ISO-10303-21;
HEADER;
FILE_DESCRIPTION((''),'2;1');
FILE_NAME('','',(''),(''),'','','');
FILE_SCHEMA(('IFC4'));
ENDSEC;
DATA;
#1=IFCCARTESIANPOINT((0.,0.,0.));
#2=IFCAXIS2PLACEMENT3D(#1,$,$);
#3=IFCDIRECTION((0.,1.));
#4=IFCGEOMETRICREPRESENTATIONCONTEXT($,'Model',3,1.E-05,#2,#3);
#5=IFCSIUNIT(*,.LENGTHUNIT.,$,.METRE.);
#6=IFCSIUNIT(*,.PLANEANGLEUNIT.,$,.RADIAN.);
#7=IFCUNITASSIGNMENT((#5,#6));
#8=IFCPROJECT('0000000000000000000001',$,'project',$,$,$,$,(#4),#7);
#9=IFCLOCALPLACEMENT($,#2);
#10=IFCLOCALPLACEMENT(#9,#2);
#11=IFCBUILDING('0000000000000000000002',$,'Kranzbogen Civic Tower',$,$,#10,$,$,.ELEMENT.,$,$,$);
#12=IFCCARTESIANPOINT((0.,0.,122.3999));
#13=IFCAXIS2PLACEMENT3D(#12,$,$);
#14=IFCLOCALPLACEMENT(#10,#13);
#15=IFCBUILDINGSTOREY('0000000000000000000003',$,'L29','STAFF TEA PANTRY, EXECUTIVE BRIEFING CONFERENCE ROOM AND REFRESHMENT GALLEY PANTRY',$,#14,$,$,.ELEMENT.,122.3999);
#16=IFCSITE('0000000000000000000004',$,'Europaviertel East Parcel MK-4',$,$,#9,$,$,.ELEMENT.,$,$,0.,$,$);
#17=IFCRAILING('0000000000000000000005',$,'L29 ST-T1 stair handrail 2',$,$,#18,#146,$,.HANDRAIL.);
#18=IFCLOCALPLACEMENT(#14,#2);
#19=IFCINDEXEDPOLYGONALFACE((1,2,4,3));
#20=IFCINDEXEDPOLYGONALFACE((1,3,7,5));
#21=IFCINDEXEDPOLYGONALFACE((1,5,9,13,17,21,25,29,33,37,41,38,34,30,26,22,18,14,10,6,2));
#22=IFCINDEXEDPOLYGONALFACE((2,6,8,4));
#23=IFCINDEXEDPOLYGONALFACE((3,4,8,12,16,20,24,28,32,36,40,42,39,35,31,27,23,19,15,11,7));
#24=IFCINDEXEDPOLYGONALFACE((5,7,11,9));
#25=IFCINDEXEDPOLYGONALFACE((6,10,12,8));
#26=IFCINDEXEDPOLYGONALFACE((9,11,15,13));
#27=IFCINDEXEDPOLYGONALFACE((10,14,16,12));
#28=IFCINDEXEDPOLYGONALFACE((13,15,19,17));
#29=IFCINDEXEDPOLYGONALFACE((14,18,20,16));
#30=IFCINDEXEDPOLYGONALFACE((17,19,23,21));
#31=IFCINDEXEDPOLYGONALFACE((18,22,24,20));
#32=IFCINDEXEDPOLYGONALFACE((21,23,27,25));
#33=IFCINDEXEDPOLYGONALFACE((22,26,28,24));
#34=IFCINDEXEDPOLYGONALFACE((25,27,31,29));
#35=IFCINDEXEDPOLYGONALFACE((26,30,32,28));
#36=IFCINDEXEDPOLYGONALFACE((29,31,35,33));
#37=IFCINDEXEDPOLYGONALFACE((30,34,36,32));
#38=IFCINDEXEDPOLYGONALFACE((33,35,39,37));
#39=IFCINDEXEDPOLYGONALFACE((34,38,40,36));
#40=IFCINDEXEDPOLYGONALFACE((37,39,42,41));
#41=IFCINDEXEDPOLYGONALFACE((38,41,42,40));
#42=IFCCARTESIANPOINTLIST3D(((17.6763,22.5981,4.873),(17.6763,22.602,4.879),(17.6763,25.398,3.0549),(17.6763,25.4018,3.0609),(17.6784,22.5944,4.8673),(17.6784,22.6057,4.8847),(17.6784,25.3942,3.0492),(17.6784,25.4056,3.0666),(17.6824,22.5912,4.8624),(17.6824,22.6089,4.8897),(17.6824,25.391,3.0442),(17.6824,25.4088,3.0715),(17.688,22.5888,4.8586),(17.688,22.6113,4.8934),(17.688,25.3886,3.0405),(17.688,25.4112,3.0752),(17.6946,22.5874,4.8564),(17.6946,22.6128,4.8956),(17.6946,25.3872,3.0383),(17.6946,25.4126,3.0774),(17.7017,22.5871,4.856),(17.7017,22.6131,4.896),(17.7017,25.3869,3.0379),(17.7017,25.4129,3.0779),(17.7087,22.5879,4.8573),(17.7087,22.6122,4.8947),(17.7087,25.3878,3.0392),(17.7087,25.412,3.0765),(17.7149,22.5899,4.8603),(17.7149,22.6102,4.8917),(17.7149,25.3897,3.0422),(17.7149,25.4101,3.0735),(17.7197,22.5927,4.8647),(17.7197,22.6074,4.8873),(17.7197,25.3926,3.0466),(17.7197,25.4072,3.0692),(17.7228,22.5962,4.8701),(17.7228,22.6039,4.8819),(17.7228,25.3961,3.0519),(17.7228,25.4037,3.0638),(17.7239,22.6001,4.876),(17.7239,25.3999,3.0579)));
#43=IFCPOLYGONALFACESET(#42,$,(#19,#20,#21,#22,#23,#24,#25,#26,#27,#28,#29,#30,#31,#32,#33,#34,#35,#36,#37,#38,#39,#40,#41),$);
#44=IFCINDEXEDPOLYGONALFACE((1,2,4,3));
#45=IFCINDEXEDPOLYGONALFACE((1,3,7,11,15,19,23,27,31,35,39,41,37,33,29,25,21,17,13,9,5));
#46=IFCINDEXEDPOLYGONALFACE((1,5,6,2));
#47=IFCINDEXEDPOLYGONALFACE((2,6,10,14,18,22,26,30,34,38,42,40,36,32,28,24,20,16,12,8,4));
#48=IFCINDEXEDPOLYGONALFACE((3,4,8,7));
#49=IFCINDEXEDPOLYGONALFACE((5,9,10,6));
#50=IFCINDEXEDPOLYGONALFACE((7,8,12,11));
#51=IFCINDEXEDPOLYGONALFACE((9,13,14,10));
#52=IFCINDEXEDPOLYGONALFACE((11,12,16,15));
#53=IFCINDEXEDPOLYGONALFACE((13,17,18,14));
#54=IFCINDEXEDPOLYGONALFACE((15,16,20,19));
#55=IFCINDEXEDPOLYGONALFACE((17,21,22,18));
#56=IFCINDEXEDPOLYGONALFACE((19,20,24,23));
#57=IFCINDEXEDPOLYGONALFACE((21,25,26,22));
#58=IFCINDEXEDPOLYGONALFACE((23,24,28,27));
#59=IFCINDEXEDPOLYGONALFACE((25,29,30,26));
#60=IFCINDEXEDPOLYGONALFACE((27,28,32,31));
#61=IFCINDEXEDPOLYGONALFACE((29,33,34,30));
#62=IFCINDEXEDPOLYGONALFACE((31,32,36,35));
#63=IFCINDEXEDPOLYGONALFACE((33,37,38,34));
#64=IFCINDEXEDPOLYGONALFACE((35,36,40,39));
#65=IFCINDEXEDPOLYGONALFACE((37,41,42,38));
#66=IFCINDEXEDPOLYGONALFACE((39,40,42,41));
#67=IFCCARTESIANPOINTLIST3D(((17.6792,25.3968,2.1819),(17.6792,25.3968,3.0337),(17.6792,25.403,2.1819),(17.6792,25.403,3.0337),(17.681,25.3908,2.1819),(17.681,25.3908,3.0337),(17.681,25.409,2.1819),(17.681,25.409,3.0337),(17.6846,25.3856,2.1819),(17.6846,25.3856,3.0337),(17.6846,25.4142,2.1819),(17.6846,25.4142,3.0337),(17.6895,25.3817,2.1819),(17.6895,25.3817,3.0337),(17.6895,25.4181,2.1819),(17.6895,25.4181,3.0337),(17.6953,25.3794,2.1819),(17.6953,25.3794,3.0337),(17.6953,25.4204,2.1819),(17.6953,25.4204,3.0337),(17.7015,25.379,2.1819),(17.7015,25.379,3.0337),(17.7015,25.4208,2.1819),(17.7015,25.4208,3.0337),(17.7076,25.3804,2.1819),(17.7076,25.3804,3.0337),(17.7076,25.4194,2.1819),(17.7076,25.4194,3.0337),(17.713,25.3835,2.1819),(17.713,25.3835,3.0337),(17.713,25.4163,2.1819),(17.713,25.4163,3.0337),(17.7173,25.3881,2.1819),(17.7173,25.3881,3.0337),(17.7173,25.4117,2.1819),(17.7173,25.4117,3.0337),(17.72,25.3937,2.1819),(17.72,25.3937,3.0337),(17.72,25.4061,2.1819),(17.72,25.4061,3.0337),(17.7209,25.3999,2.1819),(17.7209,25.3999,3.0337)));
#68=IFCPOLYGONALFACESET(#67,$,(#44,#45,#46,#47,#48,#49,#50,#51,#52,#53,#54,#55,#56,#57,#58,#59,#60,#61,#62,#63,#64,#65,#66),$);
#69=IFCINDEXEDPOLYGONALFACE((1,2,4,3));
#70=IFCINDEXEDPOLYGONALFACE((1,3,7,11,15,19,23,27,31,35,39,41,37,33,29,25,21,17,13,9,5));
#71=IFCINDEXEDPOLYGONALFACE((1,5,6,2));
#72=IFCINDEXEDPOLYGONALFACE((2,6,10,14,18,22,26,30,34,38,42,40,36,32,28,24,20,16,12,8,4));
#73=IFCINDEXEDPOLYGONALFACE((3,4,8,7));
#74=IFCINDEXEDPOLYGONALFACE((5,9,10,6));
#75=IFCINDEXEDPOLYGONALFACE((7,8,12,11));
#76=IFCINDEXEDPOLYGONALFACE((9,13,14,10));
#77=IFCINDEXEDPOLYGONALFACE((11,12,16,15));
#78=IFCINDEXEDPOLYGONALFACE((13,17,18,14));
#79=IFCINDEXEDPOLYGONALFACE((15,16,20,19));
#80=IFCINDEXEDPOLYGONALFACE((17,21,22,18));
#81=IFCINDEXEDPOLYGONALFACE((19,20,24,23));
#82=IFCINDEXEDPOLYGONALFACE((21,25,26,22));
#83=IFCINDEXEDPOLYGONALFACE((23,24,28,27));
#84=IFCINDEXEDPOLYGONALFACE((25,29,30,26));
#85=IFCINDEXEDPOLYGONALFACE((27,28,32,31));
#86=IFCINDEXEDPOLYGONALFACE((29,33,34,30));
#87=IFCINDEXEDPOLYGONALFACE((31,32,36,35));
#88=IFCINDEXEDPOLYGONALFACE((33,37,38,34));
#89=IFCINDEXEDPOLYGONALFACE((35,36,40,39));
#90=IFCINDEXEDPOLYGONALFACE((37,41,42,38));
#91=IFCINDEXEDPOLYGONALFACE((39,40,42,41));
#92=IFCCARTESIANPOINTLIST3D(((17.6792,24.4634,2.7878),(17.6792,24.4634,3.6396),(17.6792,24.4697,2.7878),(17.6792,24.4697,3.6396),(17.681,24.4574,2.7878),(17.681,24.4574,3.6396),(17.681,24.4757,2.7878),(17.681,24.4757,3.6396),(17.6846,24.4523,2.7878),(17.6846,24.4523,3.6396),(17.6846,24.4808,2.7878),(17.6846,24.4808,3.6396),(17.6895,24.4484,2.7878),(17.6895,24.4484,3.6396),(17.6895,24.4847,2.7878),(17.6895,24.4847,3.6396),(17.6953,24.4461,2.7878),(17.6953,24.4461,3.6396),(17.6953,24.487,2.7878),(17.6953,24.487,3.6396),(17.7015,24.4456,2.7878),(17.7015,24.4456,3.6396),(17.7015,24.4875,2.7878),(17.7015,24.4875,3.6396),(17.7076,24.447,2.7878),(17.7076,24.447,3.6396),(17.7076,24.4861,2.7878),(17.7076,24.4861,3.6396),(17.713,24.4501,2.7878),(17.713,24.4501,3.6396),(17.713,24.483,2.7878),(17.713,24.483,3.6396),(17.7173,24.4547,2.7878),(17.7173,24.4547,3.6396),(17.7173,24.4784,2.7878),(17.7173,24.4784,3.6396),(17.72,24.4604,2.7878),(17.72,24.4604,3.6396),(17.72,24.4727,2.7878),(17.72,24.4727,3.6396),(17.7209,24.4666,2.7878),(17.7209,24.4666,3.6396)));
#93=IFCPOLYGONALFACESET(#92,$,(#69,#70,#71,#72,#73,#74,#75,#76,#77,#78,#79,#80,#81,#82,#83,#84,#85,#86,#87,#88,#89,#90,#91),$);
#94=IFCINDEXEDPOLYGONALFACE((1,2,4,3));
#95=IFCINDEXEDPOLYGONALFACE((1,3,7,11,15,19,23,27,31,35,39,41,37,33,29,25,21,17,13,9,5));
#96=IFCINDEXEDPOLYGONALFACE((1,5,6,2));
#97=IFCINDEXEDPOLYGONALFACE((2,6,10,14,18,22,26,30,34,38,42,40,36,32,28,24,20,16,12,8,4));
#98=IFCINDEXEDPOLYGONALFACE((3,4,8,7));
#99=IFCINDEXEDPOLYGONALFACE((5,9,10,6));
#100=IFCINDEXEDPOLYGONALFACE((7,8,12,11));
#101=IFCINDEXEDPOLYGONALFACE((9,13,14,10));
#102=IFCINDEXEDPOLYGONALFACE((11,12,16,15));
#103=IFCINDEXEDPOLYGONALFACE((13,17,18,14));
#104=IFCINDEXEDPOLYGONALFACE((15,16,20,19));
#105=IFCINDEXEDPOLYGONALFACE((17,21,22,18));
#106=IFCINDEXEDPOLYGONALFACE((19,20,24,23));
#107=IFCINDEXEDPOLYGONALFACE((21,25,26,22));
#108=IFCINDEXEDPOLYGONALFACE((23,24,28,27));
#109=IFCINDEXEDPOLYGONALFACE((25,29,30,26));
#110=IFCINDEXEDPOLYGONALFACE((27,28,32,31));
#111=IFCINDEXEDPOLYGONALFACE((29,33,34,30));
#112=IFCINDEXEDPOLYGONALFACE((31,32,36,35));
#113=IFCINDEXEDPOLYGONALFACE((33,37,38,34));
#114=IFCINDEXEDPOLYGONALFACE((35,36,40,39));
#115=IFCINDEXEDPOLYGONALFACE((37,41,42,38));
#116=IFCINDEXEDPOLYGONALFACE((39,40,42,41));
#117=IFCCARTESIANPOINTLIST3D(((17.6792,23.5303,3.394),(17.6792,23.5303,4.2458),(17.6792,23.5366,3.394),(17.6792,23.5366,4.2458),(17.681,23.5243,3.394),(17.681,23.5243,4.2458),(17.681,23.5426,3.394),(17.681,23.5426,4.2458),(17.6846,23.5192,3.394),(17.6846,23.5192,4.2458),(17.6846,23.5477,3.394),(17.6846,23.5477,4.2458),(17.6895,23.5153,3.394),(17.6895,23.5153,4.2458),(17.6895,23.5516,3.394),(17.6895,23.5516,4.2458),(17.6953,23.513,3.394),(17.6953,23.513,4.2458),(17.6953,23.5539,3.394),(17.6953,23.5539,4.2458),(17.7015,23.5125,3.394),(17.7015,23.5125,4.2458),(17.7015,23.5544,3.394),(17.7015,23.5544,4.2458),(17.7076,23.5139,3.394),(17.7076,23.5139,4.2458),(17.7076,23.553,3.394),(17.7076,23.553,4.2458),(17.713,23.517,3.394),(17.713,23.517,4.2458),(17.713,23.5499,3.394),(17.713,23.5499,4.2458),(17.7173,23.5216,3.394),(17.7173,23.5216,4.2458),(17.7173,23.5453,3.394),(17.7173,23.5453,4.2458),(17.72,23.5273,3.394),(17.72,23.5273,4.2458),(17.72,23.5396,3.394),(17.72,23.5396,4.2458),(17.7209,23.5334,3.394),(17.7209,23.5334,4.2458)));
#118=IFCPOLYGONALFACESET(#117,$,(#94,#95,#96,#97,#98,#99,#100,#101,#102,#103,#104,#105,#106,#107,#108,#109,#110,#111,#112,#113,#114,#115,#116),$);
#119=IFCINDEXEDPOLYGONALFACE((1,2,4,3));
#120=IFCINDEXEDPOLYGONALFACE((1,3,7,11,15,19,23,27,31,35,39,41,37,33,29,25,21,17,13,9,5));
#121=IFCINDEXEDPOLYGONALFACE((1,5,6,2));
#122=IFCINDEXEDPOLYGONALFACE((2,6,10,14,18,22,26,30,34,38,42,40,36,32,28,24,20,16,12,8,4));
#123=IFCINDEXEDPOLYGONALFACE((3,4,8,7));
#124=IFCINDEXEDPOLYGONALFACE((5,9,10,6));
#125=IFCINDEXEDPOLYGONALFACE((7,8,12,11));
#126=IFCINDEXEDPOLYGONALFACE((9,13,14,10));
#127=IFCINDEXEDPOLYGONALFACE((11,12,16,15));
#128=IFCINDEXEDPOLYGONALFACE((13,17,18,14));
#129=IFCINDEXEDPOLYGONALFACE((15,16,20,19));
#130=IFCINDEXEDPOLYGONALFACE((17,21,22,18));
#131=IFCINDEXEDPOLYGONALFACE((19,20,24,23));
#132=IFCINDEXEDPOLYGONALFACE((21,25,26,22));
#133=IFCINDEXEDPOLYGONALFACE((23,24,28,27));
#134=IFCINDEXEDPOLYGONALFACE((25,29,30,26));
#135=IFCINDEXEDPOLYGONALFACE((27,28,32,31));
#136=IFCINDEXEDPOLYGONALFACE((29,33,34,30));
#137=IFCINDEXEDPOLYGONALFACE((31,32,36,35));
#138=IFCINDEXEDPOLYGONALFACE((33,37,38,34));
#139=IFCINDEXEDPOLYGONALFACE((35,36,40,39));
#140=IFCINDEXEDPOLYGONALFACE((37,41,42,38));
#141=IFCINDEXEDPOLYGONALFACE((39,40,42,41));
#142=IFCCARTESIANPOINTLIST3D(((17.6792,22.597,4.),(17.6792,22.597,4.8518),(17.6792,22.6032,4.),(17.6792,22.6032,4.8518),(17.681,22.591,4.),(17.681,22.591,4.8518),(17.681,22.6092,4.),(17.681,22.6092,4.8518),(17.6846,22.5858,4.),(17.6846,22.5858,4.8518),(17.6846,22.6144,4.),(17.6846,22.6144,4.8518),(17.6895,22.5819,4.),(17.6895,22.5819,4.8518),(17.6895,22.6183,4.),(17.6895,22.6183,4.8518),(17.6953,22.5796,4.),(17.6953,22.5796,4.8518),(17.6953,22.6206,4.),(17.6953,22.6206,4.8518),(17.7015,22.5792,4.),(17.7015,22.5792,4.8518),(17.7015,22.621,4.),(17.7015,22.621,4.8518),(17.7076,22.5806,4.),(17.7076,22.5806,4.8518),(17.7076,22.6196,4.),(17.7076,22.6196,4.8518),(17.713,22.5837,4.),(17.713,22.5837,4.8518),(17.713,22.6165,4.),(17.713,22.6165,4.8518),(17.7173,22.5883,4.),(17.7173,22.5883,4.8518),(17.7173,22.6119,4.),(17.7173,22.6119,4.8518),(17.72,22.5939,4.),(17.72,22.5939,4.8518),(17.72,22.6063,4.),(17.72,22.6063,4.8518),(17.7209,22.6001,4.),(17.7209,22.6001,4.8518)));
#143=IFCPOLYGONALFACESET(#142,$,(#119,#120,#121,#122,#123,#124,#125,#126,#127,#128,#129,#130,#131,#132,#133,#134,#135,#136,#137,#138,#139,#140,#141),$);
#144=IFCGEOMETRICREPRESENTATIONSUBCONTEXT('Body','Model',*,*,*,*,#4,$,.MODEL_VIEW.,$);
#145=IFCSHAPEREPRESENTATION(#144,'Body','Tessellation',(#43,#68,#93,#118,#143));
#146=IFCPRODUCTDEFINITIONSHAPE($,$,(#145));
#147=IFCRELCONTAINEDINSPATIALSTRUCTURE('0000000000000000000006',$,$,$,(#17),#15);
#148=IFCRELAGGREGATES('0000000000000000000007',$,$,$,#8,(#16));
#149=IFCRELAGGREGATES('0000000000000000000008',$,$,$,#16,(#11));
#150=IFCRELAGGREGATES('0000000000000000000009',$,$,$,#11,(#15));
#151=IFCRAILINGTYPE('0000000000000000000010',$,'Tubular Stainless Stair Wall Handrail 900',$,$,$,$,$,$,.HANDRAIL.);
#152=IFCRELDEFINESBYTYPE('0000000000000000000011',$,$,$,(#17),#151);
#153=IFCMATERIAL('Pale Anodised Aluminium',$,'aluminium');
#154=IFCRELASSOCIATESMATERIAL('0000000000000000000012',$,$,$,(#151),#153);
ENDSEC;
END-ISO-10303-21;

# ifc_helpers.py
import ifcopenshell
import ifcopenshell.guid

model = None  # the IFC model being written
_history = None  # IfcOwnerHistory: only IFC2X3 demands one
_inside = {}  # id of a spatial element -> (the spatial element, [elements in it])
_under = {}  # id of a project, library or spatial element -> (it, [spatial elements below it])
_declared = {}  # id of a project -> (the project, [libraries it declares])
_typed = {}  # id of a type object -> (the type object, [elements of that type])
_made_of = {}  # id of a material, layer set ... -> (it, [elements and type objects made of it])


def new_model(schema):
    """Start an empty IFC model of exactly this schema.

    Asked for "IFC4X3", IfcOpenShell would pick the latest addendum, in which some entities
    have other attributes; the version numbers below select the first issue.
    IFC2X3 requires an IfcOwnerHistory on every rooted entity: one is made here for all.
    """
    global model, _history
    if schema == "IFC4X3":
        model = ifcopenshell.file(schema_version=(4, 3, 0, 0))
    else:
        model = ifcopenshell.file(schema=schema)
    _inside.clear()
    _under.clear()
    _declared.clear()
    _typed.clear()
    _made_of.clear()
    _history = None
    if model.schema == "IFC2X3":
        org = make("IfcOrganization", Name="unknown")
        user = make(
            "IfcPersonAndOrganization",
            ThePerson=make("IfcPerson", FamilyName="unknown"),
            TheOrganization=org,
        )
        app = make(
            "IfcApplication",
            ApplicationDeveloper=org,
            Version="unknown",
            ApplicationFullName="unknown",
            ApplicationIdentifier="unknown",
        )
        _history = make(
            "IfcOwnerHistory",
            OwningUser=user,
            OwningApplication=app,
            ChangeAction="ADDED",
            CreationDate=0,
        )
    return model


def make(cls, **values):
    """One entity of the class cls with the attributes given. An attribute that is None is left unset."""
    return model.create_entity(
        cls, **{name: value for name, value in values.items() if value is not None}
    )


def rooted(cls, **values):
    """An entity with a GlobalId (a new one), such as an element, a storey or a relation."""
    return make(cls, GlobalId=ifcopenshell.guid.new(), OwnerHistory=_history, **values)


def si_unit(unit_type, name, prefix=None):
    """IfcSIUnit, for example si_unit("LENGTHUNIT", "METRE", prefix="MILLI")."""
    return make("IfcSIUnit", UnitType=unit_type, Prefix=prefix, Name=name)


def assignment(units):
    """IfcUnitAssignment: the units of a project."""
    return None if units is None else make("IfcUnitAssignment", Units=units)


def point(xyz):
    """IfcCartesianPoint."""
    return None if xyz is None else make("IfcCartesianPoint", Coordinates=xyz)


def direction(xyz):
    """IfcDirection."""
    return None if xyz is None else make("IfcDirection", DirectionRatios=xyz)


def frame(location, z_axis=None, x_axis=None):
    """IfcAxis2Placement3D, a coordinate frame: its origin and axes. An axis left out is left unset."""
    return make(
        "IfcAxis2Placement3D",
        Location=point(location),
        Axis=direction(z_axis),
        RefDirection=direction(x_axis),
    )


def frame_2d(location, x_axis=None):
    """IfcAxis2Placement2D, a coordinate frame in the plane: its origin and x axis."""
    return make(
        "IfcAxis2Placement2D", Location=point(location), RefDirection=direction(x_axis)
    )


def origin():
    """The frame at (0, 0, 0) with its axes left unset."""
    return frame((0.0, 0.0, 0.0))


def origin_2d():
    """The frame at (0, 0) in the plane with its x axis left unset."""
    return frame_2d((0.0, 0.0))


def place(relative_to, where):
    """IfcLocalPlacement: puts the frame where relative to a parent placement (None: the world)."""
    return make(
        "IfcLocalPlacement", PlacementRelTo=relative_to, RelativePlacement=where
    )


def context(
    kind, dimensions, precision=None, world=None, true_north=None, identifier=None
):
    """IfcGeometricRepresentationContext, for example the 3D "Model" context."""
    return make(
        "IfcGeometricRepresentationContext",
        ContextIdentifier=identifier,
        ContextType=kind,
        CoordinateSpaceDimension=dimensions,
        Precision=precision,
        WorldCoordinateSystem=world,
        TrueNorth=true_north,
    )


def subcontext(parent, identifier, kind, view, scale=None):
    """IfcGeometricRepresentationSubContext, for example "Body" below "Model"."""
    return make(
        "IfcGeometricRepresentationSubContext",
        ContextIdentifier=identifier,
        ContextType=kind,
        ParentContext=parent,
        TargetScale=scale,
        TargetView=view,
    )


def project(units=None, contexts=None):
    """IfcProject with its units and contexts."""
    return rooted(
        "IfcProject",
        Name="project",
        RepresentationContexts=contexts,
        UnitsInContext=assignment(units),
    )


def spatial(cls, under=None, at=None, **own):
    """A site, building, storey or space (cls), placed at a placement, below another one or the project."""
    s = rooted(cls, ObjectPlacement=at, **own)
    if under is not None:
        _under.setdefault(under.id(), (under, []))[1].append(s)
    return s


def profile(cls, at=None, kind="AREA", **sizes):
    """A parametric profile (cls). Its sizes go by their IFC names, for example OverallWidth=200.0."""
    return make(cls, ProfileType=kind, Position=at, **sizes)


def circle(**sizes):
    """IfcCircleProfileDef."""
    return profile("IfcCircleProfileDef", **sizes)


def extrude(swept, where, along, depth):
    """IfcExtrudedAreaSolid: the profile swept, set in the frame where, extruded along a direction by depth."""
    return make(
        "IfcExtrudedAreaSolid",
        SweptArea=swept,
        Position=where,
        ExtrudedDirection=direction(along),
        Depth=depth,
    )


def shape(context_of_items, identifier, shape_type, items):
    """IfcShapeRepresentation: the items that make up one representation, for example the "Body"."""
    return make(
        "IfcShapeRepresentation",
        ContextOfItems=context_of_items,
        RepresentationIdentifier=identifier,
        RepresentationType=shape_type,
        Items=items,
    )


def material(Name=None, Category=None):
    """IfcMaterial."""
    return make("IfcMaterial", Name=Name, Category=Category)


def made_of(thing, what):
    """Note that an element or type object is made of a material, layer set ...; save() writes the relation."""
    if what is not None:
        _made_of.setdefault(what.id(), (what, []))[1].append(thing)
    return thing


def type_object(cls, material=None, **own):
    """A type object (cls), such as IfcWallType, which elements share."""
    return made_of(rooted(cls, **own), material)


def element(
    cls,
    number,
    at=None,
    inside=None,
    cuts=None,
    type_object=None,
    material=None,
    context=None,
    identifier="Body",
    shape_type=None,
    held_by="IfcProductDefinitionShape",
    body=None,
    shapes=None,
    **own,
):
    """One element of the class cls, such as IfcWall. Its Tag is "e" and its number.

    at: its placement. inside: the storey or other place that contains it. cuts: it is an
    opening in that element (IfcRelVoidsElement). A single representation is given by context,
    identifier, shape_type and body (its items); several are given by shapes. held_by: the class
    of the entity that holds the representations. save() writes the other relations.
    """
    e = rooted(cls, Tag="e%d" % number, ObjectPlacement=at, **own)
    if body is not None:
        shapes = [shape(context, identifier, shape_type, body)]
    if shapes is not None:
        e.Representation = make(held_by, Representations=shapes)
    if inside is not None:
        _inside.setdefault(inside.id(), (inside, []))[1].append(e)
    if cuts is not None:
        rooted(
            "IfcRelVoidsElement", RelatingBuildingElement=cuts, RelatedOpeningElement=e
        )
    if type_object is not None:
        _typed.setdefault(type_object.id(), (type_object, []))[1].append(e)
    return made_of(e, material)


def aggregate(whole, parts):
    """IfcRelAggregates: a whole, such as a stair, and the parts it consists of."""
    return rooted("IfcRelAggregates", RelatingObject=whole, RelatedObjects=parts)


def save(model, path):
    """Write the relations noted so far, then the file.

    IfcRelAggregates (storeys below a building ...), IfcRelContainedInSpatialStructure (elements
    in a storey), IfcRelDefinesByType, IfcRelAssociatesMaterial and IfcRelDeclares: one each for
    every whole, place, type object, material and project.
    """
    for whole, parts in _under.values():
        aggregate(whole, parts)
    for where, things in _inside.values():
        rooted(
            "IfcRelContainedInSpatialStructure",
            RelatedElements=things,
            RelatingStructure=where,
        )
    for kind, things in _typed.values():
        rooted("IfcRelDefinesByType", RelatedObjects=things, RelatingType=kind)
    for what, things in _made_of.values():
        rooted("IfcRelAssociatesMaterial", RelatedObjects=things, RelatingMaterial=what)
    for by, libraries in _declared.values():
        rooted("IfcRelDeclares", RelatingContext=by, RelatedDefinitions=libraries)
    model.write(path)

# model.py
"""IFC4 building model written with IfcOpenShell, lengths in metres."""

from ifc_helpers import new_model, si_unit, direction, frame, origin, origin_2d, place, context, subcontext, project, spatial, circle, extrude, material, type_object, element, save


model = new_model("IFC4")

# Units and contexts
model_context = context("Model", 3, precision=1e-05, world=origin(), true_north=direction((0.0, 1.0)))
body_context = subcontext(model_context, "Body", "Model", "MODEL_VIEW")
ifc_project = project(units=[si_unit("LENGTHUNIT", "METRE"), si_unit("PLANEANGLEUNIT", "RADIAN")], contexts=[model_context])

# Site, building, storey
site_placement = place(None, origin())
site = spatial("IfcSite", under=ifc_project, at=site_placement, Name="Europaviertel East Parcel MK-4", CompositionType="ELEMENT", RefElevation=0.0)
building_placement = place(site_placement, origin())
building = spatial("IfcBuilding", under=site, at=building_placement, Name="Kranzbogen Civic Tower", CompositionType="ELEMENT")
storey_placement = place(building_placement, frame((0.0, 0.0, 122.3999)))
storey = spatial("IfcBuildingStorey", under=building, at=storey_placement, Name="L29", Description="STAFF TEA PANTRY, EXECUTIVE BRIEFING CONFERENCE ROOM AND REFRESHMENT GALLEY PANTRY", CompositionType="ELEMENT", Elevation=122.3999)

# Railing
ifc_material_1 = material(Name="Pale Anodised Aluminium", Category="aluminium")
railing_type_1 = type_object("IfcRailingType", Name="Tubular Stainless Stair Wall Handrail 900", PredefinedType="HANDRAIL", material=ifc_material_1)
railing_1_placement = place(storey_placement, frame((17.7, 25.3999, 2.1819)))
element("IfcRailing", 1, at=railing_1_placement, inside=storey, type_object=railing_type_1, Name="L29 ST-T1 stair handrail 2", PredefinedType="HANDRAIL", context=body_context, shape_type="SweptSolid", body=[
    extrude(circle(Radius=0.0239, at=origin_2d()), frame((0.0, 0.0, 0.876), z_axis=(0.0, -0.838684, 0.544618), x_axis=(1.0, 0.0, 0.0)), (0.0, 0.0, 1.0), 3.3384),
    extrude(circle(Radius=0.021, at=origin_2d()), origin(), (0.0, 0.0, 1.0), 0.8518),
    extrude(circle(Radius=0.021, at=origin_2d()), frame((0.0, -0.9333, 0.606)), (0.0, 0.0, 1.0), 0.8518),
    extrude(circle(Radius=0.021, at=origin_2d()), frame((0.0, -1.8665, 1.2122)), (0.0, 0.0, 1.0), 0.8518),
    extrude(circle(Radius=0.021, at=origin_2d()), frame((0.0, -2.7998, 1.8181)), (0.0, 0.0, 1.0), 0.8518),
])

save(model, "model.ifc")
